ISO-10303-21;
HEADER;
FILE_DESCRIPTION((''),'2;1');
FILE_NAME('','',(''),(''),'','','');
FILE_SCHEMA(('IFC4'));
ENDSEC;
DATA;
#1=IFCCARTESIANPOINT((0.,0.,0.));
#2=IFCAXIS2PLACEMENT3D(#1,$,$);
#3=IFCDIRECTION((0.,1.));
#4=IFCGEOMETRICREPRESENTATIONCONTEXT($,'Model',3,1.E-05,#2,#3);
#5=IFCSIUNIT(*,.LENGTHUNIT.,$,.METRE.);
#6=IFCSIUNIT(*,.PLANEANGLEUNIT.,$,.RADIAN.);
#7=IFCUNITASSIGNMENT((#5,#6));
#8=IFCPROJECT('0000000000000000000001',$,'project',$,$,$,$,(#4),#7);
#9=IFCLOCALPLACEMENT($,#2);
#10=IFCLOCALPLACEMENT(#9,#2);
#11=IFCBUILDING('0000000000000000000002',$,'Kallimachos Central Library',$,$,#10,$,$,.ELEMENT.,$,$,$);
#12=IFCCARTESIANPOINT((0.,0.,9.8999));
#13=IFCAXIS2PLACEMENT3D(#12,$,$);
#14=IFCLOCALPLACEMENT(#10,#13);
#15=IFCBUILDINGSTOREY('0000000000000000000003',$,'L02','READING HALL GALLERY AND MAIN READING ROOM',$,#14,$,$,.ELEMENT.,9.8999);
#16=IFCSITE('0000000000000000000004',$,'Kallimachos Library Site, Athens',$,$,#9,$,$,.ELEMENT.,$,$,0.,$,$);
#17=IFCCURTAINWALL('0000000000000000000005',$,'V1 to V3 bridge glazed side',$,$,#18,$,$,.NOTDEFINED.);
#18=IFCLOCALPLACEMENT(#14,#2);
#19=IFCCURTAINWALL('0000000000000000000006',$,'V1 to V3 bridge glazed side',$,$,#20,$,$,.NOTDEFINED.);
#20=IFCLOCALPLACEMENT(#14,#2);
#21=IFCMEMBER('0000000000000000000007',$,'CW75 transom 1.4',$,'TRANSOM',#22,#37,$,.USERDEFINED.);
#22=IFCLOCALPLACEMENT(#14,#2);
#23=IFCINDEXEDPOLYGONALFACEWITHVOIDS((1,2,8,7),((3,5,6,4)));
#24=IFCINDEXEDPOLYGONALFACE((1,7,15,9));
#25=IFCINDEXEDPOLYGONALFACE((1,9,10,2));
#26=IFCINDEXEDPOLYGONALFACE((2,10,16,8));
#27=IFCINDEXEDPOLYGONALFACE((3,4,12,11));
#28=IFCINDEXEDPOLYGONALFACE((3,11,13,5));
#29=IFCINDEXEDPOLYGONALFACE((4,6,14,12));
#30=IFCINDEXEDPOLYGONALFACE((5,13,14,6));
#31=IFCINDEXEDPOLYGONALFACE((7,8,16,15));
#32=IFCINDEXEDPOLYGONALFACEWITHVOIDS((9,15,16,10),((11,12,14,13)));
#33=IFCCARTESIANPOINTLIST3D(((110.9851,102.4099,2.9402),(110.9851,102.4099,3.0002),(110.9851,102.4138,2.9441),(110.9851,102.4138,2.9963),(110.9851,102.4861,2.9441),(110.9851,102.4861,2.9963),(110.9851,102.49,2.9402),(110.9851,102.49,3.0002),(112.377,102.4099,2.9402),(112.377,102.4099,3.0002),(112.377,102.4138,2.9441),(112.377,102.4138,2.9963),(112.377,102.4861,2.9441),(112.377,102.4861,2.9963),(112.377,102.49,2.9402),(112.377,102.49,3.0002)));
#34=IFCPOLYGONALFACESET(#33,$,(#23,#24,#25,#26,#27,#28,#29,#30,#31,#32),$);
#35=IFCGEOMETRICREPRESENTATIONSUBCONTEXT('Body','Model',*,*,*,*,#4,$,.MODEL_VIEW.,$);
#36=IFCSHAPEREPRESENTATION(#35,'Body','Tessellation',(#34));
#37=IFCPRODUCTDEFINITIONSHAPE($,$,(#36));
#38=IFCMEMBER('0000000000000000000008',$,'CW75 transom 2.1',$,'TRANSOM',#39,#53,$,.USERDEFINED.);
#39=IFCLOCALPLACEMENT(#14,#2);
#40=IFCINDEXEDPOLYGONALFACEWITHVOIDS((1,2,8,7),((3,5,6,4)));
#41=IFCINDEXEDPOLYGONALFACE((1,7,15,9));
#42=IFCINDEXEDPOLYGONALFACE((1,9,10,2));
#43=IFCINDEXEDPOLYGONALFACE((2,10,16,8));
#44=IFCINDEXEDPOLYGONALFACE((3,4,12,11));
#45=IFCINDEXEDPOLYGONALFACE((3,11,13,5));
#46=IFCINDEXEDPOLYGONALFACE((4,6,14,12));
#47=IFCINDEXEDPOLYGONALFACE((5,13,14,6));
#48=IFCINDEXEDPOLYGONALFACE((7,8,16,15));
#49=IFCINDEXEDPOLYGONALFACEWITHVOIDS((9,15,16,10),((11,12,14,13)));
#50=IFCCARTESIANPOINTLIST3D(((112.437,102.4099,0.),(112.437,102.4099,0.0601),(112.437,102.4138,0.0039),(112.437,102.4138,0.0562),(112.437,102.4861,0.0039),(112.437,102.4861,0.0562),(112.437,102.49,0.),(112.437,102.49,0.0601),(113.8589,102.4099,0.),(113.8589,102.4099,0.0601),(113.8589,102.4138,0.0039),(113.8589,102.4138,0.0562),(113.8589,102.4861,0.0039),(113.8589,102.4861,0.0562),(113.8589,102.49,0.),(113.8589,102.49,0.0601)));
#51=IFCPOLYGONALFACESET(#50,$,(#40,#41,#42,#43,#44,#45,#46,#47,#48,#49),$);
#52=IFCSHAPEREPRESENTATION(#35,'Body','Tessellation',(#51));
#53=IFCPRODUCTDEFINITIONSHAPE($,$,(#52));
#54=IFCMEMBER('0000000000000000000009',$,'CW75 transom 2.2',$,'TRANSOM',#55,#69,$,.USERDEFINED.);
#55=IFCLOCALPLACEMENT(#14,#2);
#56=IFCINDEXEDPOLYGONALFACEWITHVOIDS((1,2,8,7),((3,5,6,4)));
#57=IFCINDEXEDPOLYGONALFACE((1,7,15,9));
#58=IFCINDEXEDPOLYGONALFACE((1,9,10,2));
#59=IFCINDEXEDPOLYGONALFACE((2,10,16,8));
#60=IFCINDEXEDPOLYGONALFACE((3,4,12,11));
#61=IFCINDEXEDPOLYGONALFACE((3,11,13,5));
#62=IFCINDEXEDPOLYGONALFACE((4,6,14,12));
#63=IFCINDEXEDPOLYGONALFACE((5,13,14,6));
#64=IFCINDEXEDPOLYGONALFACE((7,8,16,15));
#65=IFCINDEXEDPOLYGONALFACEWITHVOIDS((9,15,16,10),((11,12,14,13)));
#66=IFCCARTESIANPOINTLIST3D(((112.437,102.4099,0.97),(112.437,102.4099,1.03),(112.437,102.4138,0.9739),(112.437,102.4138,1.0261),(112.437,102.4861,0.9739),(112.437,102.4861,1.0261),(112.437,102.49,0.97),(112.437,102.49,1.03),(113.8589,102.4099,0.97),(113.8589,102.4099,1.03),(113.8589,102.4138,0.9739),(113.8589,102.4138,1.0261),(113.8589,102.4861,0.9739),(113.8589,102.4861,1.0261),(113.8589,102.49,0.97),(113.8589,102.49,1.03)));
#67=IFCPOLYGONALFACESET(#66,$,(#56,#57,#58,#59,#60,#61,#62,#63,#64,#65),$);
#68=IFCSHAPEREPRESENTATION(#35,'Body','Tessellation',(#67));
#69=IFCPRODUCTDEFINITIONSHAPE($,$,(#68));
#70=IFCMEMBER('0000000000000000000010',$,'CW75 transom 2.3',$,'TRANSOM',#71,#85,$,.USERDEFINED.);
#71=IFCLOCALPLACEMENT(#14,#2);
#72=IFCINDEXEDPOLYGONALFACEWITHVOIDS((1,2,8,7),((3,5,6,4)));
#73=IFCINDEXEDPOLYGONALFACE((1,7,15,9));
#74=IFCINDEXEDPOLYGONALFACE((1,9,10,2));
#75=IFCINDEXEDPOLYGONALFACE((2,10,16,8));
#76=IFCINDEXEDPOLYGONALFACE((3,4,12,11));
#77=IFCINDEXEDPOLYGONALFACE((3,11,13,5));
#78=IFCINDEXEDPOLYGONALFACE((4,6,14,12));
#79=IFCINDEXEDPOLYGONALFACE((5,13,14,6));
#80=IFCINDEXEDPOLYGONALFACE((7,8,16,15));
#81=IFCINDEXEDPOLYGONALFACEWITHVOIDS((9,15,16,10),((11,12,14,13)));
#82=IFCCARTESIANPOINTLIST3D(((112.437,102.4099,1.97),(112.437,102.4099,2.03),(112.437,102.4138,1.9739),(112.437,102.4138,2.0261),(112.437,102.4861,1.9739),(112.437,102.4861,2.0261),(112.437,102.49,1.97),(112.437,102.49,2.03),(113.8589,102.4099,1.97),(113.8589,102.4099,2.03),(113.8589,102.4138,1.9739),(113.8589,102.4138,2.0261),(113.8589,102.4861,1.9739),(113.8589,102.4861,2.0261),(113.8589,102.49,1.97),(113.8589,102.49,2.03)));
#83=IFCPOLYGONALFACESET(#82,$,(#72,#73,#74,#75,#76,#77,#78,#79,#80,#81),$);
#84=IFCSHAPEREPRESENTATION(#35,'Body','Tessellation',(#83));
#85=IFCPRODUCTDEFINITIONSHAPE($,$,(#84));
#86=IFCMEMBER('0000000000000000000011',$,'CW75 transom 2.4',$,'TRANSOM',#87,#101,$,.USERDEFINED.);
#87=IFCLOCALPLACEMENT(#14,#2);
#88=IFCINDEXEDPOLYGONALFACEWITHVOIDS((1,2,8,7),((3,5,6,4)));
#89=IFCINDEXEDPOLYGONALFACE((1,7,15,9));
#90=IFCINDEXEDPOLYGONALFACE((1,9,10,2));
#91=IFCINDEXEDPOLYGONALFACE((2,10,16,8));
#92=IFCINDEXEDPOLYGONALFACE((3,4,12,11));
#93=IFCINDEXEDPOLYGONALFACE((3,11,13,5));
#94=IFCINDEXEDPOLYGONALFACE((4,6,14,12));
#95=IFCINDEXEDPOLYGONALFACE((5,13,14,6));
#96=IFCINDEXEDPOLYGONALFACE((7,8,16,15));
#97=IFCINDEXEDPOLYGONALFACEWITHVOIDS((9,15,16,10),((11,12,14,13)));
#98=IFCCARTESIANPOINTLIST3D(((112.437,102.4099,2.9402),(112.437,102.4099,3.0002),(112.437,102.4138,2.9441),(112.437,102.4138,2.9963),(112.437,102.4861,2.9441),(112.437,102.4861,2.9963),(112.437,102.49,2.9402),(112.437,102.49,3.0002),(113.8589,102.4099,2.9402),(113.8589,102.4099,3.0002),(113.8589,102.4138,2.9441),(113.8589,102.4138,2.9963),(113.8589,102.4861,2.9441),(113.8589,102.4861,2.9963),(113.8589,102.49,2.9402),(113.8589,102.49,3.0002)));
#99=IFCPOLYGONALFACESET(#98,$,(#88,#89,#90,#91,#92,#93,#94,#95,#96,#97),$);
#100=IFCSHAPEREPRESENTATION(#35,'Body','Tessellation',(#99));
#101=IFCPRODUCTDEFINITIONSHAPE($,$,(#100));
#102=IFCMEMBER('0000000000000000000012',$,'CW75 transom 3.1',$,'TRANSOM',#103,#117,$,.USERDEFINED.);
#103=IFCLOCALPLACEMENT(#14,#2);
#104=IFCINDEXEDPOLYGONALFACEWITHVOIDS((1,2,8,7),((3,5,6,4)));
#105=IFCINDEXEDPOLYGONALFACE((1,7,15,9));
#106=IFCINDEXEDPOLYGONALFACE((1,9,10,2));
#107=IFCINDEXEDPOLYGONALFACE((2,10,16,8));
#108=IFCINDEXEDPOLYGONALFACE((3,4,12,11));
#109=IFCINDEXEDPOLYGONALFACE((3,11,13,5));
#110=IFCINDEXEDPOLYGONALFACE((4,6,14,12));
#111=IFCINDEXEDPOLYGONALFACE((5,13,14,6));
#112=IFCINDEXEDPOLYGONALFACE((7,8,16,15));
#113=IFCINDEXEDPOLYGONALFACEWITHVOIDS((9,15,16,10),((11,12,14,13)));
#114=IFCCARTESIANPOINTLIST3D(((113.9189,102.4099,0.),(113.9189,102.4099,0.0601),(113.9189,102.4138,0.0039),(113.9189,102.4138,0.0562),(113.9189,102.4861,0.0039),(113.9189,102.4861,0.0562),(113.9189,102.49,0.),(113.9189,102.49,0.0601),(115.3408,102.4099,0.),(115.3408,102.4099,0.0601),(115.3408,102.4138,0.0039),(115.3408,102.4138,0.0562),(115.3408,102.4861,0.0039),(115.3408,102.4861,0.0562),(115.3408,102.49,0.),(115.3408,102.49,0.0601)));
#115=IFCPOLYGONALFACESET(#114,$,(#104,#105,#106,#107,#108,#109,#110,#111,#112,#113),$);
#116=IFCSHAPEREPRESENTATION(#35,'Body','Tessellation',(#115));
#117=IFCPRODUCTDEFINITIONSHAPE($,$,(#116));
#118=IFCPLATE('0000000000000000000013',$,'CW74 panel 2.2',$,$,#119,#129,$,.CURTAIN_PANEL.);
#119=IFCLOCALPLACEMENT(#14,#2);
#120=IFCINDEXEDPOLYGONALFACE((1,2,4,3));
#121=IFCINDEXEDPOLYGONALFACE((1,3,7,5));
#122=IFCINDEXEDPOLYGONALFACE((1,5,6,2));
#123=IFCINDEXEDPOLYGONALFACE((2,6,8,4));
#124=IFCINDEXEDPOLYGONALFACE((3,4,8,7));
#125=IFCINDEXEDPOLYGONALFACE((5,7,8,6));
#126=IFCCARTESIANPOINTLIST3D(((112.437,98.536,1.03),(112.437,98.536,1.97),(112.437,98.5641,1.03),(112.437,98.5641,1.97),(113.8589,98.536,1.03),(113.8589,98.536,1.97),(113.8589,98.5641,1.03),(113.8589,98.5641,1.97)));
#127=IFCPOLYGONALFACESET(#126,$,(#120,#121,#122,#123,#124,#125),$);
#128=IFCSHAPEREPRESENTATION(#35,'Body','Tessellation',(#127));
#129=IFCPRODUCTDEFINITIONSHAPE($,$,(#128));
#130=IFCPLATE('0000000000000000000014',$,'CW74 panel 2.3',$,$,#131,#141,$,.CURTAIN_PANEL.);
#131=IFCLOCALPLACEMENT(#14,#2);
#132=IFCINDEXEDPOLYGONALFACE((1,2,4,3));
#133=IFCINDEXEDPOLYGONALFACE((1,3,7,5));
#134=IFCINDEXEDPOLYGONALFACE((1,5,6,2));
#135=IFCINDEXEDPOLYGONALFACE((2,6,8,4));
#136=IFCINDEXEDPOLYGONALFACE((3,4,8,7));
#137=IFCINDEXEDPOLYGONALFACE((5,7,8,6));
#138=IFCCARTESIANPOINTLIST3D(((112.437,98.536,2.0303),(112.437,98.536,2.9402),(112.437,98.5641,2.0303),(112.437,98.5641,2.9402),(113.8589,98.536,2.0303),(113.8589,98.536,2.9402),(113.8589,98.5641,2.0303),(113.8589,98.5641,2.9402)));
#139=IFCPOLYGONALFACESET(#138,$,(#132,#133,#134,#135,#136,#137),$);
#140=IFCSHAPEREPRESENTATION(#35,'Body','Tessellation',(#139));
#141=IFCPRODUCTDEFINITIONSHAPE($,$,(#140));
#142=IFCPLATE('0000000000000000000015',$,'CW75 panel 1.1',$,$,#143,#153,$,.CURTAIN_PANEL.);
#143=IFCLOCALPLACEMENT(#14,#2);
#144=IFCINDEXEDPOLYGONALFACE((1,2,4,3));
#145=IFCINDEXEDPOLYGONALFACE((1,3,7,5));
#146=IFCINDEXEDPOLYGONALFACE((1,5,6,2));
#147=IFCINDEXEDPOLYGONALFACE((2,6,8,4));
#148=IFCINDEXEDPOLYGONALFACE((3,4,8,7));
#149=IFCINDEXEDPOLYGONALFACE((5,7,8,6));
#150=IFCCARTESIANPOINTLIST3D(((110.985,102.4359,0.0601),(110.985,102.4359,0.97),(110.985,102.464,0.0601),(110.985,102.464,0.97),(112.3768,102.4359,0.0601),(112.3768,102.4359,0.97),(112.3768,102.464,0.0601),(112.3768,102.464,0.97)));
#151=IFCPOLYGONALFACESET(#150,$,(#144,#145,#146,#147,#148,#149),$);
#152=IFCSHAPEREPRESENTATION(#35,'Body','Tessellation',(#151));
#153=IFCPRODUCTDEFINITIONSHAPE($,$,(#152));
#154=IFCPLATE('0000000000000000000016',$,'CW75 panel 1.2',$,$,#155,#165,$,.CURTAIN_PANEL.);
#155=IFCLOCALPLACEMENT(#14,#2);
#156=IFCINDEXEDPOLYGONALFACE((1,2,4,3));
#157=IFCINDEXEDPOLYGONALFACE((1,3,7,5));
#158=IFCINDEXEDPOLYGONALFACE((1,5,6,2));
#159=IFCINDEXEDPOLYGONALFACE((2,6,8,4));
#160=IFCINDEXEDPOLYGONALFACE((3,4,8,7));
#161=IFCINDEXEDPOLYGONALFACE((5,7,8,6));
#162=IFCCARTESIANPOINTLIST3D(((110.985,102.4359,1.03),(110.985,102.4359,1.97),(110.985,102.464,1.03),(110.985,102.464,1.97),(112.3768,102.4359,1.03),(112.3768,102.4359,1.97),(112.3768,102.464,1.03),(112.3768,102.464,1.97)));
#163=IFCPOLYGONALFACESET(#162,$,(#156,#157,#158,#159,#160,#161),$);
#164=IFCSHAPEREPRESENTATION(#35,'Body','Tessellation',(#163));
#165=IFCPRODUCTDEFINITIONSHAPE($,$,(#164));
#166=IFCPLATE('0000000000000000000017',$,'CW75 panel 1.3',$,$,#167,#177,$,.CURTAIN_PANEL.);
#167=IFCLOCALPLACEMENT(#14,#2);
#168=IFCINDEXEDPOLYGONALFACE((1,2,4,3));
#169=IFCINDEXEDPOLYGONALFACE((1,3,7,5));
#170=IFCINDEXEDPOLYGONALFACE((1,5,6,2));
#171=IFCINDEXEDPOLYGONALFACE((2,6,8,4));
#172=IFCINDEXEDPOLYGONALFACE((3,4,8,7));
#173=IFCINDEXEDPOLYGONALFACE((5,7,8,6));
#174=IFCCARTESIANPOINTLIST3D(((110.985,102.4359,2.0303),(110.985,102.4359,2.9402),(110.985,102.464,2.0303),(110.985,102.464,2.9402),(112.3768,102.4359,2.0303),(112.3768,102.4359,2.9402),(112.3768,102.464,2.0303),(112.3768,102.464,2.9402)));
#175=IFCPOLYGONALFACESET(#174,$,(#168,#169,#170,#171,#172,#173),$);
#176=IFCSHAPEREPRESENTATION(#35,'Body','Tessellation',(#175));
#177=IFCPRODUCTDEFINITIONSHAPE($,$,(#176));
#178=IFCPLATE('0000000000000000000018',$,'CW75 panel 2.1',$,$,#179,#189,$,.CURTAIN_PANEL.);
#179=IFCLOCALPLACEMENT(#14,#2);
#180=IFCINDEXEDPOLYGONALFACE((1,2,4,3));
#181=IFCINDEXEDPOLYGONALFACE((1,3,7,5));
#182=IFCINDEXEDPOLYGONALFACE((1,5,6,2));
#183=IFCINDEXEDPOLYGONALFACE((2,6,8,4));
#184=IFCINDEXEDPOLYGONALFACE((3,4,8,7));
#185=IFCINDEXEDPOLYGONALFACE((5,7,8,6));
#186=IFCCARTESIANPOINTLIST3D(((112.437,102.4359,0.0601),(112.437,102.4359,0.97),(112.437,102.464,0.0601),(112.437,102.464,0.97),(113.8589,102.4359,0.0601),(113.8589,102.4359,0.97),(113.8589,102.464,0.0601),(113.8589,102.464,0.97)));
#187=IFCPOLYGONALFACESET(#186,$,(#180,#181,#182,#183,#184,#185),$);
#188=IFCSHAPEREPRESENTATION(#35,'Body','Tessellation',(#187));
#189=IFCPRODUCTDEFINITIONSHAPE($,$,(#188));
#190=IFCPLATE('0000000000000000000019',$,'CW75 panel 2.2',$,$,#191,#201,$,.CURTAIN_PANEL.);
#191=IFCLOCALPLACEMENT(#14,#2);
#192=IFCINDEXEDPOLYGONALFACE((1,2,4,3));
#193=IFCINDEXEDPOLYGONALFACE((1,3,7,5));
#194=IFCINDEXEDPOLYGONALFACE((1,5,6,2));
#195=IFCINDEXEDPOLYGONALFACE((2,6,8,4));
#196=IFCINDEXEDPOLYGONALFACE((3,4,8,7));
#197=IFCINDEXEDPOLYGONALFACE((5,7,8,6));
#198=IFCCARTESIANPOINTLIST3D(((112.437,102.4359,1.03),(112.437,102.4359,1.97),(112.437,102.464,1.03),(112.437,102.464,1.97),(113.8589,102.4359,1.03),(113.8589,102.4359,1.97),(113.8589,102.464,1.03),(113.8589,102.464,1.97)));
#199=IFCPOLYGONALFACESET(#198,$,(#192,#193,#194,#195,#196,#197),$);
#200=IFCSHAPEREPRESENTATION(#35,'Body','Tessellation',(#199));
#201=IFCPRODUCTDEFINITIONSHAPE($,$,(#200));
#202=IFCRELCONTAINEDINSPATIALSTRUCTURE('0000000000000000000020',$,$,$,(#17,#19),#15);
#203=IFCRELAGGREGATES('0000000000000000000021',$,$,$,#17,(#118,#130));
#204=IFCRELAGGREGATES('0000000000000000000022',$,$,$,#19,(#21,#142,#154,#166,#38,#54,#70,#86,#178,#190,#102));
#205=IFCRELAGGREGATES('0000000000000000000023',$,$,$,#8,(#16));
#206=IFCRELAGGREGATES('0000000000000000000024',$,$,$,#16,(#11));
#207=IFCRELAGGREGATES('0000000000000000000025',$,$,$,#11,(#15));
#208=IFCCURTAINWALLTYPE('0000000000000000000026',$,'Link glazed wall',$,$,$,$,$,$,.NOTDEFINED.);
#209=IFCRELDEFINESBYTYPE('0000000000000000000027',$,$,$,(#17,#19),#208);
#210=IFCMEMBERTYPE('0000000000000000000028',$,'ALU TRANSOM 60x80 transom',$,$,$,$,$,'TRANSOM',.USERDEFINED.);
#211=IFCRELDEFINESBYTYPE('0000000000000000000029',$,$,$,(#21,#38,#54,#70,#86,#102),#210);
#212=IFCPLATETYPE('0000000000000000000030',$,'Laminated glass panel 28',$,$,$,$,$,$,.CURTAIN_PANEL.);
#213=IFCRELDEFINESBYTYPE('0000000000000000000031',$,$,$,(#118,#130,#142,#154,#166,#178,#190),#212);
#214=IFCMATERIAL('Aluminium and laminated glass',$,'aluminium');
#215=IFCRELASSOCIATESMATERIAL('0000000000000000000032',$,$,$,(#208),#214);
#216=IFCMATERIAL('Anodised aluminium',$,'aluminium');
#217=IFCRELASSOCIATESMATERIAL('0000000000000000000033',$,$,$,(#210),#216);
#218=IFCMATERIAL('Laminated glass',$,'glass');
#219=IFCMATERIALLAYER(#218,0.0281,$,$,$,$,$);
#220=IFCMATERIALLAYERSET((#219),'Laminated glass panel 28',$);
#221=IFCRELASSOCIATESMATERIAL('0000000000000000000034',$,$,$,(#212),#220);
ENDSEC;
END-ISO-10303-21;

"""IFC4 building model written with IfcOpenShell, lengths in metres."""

from ifc_helpers import new_model, si_unit, direction, frame, origin, origin_2d, place, context, subcontext, project, spatial, rectangle, hollow_rectangle, extrude, material, layer, layer_set, material_profile, profile_set, type_object, element, aggregate, save


model = new_model("IFC4")

# Units and contexts
model_context = context("Model", 3, precision=1e-05, world=origin(), true_north=direction((0.0, 1.0)))
body_context = subcontext(model_context, "Body", "Model", "MODEL_VIEW")
ifc_project = project(units=[si_unit("LENGTHUNIT", "METRE"), si_unit("PLANEANGLEUNIT", "RADIAN")], contexts=[model_context])

# Site, building, storey
site_placement = place(None, origin())
site = spatial("IfcSite", under=ifc_project, at=site_placement, Name="Kallimachos Library Site, Athens", CompositionType="ELEMENT", RefElevation=0.0)
building_placement = place(site_placement, origin())
building = spatial("IfcBuilding", under=site, at=building_placement, Name="Kallimachos Central Library", CompositionType="ELEMENT")
storey_placement = place(building_placement, frame((0.0, 0.0, 9.8999)))
storey = spatial("IfcBuildingStorey", under=building, at=storey_placement, Name="L02", Description="READING HALL GALLERY AND MAIN READING ROOM", CompositionType="ELEMENT", Elevation=9.8999)

# Curtain wall
ifc_material_1 = material(Name="Aluminium and laminated glass", Category="aluminium")
curtain_wall_type = type_object("IfcCurtainWallType", Name="Link glazed wall", PredefinedType="NOTDEFINED", material=ifc_material_1)
curtain_wall_1_placement = place(storey_placement, origin())
curtain_wall_1 = element("IfcCurtainWall", 1, at=curtain_wall_1_placement, inside=storey, type_object=curtain_wall_type, Name="V1 to V3 bridge glazed side", PredefinedType="NOTDEFINED")

# Curtain wall
curtain_wall_2_placement = place(storey_placement, origin())
curtain_wall_2 = element("IfcCurtainWall", 2, at=curtain_wall_2_placement, inside=storey, type_object=curtain_wall_type, Name="V1 to V3 bridge glazed side", PredefinedType="NOTDEFINED")

# Members
ifc_material_2 = material(Name="Anodised aluminium", Category="aluminium")
ifc_material_profile_1 = material_profile(ifc_material_2, hollow_rectangle(XDim=0.0601, YDim=0.0801, WallThickness=0.0039, at=origin_2d()), Name="ALU TRANSOM 60x80")
ifc_profile_set_1 = profile_set([ifc_material_profile_1], Name="Anodised aluminium")
member_type_1 = type_object("IfcMemberType", Name="ALU TRANSOM 60x80 transom", ElementType="TRANSOM", PredefinedType="USERDEFINED", material=ifc_profile_set_1)
member_1_placement = place(storey_placement, frame((110.9851, 102.45, 2.9702), z_axis=(1.0, 0.0, 0.0), x_axis=(0.0, 0.0, 1.0)))
member_1 = element("IfcMember", 3, at=member_1_placement, type_object=member_type_1, Name="CW75 transom 1.4", ObjectType="TRANSOM", PredefinedType="USERDEFINED", context=body_context, shape_type="SweptSolid", body=[
    extrude(hollow_rectangle(XDim=0.0601, YDim=0.0801, WallThickness=0.0039, at=origin_2d()), origin(), (0.0, 0.0, 1.0), 1.3918),
])
member_2_placement = place(storey_placement, frame((112.437, 102.45, 0.03), z_axis=(1.0, 0.0, 0.0), x_axis=(0.0, 0.0, 1.0)))
member_2 = element("IfcMember", 4, at=member_2_placement, type_object=member_type_1, Name="CW75 transom 2.1", ObjectType="TRANSOM", PredefinedType="USERDEFINED", context=body_context, shape_type="SweptSolid", body=[
    extrude(hollow_rectangle(XDim=0.0601, YDim=0.0801, WallThickness=0.0039, at=origin_2d()), origin(), (0.0, 0.0, 1.0), 1.4219),
])
member_3_placement = place(storey_placement, frame((112.437, 102.45, 1.0), z_axis=(1.0, 0.0, 0.0), x_axis=(0.0, 0.0, 1.0)))
member_3 = element("IfcMember", 5, at=member_3_placement, type_object=member_type_1, Name="CW75 transom 2.2", ObjectType="TRANSOM", PredefinedType="USERDEFINED", context=body_context, shape_type="SweptSolid", body=[
    extrude(hollow_rectangle(XDim=0.0601, YDim=0.0801, WallThickness=0.0039, at=origin_2d()), origin(), (0.0, 0.0, 1.0), 1.4219),
])
member_4_placement = place(storey_placement, frame((112.437, 102.45, 2.0), z_axis=(1.0, 0.0, 0.0), x_axis=(0.0, 0.0, 1.0)))
member_4 = element("IfcMember", 6, at=member_4_placement, type_object=member_type_1, Name="CW75 transom 2.3", ObjectType="TRANSOM", PredefinedType="USERDEFINED", context=body_context, shape_type="SweptSolid", body=[
    extrude(hollow_rectangle(XDim=0.0601, YDim=0.0801, WallThickness=0.0039, at=origin_2d()), origin(), (0.0, 0.0, 1.0), 1.4219),
])
member_5_placement = place(storey_placement, frame((112.437, 102.45, 2.9702), z_axis=(1.0, 0.0, 0.0), x_axis=(0.0, 0.0, 1.0)))
member_5 = element("IfcMember", 7, at=member_5_placement, type_object=member_type_1, Name="CW75 transom 2.4", ObjectType="TRANSOM", PredefinedType="USERDEFINED", context=body_context, shape_type="SweptSolid", body=[
    extrude(hollow_rectangle(XDim=0.0601, YDim=0.0801, WallThickness=0.0039, at=origin_2d()), origin(), (0.0, 0.0, 1.0), 1.4219),
])
member_6_placement = place(storey_placement, frame((113.9189, 102.45, 0.03), z_axis=(1.0, 0.0, 0.0), x_axis=(0.0, 0.0, 1.0)))
member_6 = element("IfcMember", 8, at=member_6_placement, type_object=member_type_1, Name="CW75 transom 3.1", ObjectType="TRANSOM", PredefinedType="USERDEFINED", context=body_context, shape_type="SweptSolid", body=[
    extrude(hollow_rectangle(XDim=0.0601, YDim=0.0801, WallThickness=0.0039, at=origin_2d()), origin(), (0.0, 0.0, 1.0), 1.4219),
])

# Plates
ifc_material_3 = material(Name="Laminated glass", Category="glass")
ifc_layer = layer(ifc_material_3, 0.0281)
ifc_layer_set = layer_set([ifc_layer], Name="Laminated glass panel 28")
plate_type = type_object("IfcPlateType", Name="Laminated glass panel 28", PredefinedType="CURTAIN_PANEL", material=ifc_layer_set)
plate_1_placement = place(storey_placement, frame((113.1479, 98.55, 1.03), z_axis=(0.0, 0.0, 1.0), x_axis=(1.0, 0.0, 0.0)))
plate_1 = element("IfcPlate", 9, at=plate_1_placement, type_object=plate_type, Name="CW74 panel 2.2", PredefinedType="CURTAIN_PANEL", context=body_context, shape_type="SweptSolid", body=[
    extrude(rectangle(XDim=1.4219, YDim=0.0281, at=origin_2d()), origin(), (0.0, 0.0, 1.0), 0.9399),
])
plate_2_placement = place(storey_placement, frame((113.1479, 98.55, 2.0303), z_axis=(0.0, 0.0, 1.0), x_axis=(1.0, 0.0, 0.0)))
plate_2 = element("IfcPlate", 10, at=plate_2_placement, type_object=plate_type, Name="CW74 panel 2.3", PredefinedType="CURTAIN_PANEL", context=body_context, shape_type="SweptSolid", body=[
    extrude(rectangle(XDim=1.4219, YDim=0.0281, at=origin_2d()), origin(), (0.0, 0.0, 1.0), 0.9099),
])
aggregate(curtain_wall_1, [plate_1, plate_2])
plate_3_placement = place(storey_placement, frame((111.6809, 102.45, 0.0601), z_axis=(0.0, 0.0, 1.0), x_axis=(1.0, 0.0, 0.0)))
plate_3 = element("IfcPlate", 11, at=plate_3_placement, type_object=plate_type, Name="CW75 panel 1.1", PredefinedType="CURTAIN_PANEL", context=body_context, shape_type="SweptSolid", body=[
    extrude(rectangle(XDim=1.3918, YDim=0.0281, at=origin_2d()), origin(), (0.0, 0.0, 1.0), 0.9099),
])
plate_4_placement = place(storey_placement, frame((111.6809, 102.45, 1.03), z_axis=(0.0, 0.0, 1.0), x_axis=(1.0, 0.0, 0.0)))
plate_4 = element("IfcPlate", 12, at=plate_4_placement, type_object=plate_type, Name="CW75 panel 1.2", PredefinedType="CURTAIN_PANEL", context=body_context, shape_type="SweptSolid", body=[
    extrude(rectangle(XDim=1.3918, YDim=0.0281, at=origin_2d()), origin(), (0.0, 0.0, 1.0), 0.9399),
])
plate_5_placement = place(storey_placement, frame((111.6809, 102.45, 2.0303), z_axis=(0.0, 0.0, 1.0), x_axis=(1.0, 0.0, 0.0)))
plate_5 = element("IfcPlate", 13, at=plate_5_placement, type_object=plate_type, Name="CW75 panel 1.3", PredefinedType="CURTAIN_PANEL", context=body_context, shape_type="SweptSolid", body=[
    extrude(rectangle(XDim=1.3918, YDim=0.0281, at=origin_2d()), origin(), (0.0, 0.0, 1.0), 0.9099),
])
plate_6_placement = place(storey_placement, frame((113.1479, 102.45, 0.0601), z_axis=(0.0, 0.0, 1.0), x_axis=(1.0, 0.0, 0.0)))
plate_6 = element("IfcPlate", 14, at=plate_6_placement, type_object=plate_type, Name="CW75 panel 2.1", PredefinedType="CURTAIN_PANEL", context=body_context, shape_type="SweptSolid", body=[
    extrude(rectangle(XDim=1.4219, YDim=0.0281, at=origin_2d()), origin(), (0.0, 0.0, 1.0), 0.9099),
])
plate_7_placement = place(storey_placement, frame((113.1479, 102.45, 1.03), z_axis=(0.0, 0.0, 1.0), x_axis=(1.0, 0.0, 0.0)))
plate_7 = element("IfcPlate", 15, at=plate_7_placement, type_object=plate_type, Name="CW75 panel 2.2", PredefinedType="CURTAIN_PANEL", context=body_context, shape_type="SweptSolid", body=[
    extrude(rectangle(XDim=1.4219, YDim=0.0281, at=origin_2d()), origin(), (0.0, 0.0, 1.0), 0.9399),
])
aggregate(curtain_wall_2, [member_1, plate_3, plate_4, plate_5, member_2, member_3, member_4, member_5, plate_6, plate_7, member_6])

save(model, "model.ifc")
